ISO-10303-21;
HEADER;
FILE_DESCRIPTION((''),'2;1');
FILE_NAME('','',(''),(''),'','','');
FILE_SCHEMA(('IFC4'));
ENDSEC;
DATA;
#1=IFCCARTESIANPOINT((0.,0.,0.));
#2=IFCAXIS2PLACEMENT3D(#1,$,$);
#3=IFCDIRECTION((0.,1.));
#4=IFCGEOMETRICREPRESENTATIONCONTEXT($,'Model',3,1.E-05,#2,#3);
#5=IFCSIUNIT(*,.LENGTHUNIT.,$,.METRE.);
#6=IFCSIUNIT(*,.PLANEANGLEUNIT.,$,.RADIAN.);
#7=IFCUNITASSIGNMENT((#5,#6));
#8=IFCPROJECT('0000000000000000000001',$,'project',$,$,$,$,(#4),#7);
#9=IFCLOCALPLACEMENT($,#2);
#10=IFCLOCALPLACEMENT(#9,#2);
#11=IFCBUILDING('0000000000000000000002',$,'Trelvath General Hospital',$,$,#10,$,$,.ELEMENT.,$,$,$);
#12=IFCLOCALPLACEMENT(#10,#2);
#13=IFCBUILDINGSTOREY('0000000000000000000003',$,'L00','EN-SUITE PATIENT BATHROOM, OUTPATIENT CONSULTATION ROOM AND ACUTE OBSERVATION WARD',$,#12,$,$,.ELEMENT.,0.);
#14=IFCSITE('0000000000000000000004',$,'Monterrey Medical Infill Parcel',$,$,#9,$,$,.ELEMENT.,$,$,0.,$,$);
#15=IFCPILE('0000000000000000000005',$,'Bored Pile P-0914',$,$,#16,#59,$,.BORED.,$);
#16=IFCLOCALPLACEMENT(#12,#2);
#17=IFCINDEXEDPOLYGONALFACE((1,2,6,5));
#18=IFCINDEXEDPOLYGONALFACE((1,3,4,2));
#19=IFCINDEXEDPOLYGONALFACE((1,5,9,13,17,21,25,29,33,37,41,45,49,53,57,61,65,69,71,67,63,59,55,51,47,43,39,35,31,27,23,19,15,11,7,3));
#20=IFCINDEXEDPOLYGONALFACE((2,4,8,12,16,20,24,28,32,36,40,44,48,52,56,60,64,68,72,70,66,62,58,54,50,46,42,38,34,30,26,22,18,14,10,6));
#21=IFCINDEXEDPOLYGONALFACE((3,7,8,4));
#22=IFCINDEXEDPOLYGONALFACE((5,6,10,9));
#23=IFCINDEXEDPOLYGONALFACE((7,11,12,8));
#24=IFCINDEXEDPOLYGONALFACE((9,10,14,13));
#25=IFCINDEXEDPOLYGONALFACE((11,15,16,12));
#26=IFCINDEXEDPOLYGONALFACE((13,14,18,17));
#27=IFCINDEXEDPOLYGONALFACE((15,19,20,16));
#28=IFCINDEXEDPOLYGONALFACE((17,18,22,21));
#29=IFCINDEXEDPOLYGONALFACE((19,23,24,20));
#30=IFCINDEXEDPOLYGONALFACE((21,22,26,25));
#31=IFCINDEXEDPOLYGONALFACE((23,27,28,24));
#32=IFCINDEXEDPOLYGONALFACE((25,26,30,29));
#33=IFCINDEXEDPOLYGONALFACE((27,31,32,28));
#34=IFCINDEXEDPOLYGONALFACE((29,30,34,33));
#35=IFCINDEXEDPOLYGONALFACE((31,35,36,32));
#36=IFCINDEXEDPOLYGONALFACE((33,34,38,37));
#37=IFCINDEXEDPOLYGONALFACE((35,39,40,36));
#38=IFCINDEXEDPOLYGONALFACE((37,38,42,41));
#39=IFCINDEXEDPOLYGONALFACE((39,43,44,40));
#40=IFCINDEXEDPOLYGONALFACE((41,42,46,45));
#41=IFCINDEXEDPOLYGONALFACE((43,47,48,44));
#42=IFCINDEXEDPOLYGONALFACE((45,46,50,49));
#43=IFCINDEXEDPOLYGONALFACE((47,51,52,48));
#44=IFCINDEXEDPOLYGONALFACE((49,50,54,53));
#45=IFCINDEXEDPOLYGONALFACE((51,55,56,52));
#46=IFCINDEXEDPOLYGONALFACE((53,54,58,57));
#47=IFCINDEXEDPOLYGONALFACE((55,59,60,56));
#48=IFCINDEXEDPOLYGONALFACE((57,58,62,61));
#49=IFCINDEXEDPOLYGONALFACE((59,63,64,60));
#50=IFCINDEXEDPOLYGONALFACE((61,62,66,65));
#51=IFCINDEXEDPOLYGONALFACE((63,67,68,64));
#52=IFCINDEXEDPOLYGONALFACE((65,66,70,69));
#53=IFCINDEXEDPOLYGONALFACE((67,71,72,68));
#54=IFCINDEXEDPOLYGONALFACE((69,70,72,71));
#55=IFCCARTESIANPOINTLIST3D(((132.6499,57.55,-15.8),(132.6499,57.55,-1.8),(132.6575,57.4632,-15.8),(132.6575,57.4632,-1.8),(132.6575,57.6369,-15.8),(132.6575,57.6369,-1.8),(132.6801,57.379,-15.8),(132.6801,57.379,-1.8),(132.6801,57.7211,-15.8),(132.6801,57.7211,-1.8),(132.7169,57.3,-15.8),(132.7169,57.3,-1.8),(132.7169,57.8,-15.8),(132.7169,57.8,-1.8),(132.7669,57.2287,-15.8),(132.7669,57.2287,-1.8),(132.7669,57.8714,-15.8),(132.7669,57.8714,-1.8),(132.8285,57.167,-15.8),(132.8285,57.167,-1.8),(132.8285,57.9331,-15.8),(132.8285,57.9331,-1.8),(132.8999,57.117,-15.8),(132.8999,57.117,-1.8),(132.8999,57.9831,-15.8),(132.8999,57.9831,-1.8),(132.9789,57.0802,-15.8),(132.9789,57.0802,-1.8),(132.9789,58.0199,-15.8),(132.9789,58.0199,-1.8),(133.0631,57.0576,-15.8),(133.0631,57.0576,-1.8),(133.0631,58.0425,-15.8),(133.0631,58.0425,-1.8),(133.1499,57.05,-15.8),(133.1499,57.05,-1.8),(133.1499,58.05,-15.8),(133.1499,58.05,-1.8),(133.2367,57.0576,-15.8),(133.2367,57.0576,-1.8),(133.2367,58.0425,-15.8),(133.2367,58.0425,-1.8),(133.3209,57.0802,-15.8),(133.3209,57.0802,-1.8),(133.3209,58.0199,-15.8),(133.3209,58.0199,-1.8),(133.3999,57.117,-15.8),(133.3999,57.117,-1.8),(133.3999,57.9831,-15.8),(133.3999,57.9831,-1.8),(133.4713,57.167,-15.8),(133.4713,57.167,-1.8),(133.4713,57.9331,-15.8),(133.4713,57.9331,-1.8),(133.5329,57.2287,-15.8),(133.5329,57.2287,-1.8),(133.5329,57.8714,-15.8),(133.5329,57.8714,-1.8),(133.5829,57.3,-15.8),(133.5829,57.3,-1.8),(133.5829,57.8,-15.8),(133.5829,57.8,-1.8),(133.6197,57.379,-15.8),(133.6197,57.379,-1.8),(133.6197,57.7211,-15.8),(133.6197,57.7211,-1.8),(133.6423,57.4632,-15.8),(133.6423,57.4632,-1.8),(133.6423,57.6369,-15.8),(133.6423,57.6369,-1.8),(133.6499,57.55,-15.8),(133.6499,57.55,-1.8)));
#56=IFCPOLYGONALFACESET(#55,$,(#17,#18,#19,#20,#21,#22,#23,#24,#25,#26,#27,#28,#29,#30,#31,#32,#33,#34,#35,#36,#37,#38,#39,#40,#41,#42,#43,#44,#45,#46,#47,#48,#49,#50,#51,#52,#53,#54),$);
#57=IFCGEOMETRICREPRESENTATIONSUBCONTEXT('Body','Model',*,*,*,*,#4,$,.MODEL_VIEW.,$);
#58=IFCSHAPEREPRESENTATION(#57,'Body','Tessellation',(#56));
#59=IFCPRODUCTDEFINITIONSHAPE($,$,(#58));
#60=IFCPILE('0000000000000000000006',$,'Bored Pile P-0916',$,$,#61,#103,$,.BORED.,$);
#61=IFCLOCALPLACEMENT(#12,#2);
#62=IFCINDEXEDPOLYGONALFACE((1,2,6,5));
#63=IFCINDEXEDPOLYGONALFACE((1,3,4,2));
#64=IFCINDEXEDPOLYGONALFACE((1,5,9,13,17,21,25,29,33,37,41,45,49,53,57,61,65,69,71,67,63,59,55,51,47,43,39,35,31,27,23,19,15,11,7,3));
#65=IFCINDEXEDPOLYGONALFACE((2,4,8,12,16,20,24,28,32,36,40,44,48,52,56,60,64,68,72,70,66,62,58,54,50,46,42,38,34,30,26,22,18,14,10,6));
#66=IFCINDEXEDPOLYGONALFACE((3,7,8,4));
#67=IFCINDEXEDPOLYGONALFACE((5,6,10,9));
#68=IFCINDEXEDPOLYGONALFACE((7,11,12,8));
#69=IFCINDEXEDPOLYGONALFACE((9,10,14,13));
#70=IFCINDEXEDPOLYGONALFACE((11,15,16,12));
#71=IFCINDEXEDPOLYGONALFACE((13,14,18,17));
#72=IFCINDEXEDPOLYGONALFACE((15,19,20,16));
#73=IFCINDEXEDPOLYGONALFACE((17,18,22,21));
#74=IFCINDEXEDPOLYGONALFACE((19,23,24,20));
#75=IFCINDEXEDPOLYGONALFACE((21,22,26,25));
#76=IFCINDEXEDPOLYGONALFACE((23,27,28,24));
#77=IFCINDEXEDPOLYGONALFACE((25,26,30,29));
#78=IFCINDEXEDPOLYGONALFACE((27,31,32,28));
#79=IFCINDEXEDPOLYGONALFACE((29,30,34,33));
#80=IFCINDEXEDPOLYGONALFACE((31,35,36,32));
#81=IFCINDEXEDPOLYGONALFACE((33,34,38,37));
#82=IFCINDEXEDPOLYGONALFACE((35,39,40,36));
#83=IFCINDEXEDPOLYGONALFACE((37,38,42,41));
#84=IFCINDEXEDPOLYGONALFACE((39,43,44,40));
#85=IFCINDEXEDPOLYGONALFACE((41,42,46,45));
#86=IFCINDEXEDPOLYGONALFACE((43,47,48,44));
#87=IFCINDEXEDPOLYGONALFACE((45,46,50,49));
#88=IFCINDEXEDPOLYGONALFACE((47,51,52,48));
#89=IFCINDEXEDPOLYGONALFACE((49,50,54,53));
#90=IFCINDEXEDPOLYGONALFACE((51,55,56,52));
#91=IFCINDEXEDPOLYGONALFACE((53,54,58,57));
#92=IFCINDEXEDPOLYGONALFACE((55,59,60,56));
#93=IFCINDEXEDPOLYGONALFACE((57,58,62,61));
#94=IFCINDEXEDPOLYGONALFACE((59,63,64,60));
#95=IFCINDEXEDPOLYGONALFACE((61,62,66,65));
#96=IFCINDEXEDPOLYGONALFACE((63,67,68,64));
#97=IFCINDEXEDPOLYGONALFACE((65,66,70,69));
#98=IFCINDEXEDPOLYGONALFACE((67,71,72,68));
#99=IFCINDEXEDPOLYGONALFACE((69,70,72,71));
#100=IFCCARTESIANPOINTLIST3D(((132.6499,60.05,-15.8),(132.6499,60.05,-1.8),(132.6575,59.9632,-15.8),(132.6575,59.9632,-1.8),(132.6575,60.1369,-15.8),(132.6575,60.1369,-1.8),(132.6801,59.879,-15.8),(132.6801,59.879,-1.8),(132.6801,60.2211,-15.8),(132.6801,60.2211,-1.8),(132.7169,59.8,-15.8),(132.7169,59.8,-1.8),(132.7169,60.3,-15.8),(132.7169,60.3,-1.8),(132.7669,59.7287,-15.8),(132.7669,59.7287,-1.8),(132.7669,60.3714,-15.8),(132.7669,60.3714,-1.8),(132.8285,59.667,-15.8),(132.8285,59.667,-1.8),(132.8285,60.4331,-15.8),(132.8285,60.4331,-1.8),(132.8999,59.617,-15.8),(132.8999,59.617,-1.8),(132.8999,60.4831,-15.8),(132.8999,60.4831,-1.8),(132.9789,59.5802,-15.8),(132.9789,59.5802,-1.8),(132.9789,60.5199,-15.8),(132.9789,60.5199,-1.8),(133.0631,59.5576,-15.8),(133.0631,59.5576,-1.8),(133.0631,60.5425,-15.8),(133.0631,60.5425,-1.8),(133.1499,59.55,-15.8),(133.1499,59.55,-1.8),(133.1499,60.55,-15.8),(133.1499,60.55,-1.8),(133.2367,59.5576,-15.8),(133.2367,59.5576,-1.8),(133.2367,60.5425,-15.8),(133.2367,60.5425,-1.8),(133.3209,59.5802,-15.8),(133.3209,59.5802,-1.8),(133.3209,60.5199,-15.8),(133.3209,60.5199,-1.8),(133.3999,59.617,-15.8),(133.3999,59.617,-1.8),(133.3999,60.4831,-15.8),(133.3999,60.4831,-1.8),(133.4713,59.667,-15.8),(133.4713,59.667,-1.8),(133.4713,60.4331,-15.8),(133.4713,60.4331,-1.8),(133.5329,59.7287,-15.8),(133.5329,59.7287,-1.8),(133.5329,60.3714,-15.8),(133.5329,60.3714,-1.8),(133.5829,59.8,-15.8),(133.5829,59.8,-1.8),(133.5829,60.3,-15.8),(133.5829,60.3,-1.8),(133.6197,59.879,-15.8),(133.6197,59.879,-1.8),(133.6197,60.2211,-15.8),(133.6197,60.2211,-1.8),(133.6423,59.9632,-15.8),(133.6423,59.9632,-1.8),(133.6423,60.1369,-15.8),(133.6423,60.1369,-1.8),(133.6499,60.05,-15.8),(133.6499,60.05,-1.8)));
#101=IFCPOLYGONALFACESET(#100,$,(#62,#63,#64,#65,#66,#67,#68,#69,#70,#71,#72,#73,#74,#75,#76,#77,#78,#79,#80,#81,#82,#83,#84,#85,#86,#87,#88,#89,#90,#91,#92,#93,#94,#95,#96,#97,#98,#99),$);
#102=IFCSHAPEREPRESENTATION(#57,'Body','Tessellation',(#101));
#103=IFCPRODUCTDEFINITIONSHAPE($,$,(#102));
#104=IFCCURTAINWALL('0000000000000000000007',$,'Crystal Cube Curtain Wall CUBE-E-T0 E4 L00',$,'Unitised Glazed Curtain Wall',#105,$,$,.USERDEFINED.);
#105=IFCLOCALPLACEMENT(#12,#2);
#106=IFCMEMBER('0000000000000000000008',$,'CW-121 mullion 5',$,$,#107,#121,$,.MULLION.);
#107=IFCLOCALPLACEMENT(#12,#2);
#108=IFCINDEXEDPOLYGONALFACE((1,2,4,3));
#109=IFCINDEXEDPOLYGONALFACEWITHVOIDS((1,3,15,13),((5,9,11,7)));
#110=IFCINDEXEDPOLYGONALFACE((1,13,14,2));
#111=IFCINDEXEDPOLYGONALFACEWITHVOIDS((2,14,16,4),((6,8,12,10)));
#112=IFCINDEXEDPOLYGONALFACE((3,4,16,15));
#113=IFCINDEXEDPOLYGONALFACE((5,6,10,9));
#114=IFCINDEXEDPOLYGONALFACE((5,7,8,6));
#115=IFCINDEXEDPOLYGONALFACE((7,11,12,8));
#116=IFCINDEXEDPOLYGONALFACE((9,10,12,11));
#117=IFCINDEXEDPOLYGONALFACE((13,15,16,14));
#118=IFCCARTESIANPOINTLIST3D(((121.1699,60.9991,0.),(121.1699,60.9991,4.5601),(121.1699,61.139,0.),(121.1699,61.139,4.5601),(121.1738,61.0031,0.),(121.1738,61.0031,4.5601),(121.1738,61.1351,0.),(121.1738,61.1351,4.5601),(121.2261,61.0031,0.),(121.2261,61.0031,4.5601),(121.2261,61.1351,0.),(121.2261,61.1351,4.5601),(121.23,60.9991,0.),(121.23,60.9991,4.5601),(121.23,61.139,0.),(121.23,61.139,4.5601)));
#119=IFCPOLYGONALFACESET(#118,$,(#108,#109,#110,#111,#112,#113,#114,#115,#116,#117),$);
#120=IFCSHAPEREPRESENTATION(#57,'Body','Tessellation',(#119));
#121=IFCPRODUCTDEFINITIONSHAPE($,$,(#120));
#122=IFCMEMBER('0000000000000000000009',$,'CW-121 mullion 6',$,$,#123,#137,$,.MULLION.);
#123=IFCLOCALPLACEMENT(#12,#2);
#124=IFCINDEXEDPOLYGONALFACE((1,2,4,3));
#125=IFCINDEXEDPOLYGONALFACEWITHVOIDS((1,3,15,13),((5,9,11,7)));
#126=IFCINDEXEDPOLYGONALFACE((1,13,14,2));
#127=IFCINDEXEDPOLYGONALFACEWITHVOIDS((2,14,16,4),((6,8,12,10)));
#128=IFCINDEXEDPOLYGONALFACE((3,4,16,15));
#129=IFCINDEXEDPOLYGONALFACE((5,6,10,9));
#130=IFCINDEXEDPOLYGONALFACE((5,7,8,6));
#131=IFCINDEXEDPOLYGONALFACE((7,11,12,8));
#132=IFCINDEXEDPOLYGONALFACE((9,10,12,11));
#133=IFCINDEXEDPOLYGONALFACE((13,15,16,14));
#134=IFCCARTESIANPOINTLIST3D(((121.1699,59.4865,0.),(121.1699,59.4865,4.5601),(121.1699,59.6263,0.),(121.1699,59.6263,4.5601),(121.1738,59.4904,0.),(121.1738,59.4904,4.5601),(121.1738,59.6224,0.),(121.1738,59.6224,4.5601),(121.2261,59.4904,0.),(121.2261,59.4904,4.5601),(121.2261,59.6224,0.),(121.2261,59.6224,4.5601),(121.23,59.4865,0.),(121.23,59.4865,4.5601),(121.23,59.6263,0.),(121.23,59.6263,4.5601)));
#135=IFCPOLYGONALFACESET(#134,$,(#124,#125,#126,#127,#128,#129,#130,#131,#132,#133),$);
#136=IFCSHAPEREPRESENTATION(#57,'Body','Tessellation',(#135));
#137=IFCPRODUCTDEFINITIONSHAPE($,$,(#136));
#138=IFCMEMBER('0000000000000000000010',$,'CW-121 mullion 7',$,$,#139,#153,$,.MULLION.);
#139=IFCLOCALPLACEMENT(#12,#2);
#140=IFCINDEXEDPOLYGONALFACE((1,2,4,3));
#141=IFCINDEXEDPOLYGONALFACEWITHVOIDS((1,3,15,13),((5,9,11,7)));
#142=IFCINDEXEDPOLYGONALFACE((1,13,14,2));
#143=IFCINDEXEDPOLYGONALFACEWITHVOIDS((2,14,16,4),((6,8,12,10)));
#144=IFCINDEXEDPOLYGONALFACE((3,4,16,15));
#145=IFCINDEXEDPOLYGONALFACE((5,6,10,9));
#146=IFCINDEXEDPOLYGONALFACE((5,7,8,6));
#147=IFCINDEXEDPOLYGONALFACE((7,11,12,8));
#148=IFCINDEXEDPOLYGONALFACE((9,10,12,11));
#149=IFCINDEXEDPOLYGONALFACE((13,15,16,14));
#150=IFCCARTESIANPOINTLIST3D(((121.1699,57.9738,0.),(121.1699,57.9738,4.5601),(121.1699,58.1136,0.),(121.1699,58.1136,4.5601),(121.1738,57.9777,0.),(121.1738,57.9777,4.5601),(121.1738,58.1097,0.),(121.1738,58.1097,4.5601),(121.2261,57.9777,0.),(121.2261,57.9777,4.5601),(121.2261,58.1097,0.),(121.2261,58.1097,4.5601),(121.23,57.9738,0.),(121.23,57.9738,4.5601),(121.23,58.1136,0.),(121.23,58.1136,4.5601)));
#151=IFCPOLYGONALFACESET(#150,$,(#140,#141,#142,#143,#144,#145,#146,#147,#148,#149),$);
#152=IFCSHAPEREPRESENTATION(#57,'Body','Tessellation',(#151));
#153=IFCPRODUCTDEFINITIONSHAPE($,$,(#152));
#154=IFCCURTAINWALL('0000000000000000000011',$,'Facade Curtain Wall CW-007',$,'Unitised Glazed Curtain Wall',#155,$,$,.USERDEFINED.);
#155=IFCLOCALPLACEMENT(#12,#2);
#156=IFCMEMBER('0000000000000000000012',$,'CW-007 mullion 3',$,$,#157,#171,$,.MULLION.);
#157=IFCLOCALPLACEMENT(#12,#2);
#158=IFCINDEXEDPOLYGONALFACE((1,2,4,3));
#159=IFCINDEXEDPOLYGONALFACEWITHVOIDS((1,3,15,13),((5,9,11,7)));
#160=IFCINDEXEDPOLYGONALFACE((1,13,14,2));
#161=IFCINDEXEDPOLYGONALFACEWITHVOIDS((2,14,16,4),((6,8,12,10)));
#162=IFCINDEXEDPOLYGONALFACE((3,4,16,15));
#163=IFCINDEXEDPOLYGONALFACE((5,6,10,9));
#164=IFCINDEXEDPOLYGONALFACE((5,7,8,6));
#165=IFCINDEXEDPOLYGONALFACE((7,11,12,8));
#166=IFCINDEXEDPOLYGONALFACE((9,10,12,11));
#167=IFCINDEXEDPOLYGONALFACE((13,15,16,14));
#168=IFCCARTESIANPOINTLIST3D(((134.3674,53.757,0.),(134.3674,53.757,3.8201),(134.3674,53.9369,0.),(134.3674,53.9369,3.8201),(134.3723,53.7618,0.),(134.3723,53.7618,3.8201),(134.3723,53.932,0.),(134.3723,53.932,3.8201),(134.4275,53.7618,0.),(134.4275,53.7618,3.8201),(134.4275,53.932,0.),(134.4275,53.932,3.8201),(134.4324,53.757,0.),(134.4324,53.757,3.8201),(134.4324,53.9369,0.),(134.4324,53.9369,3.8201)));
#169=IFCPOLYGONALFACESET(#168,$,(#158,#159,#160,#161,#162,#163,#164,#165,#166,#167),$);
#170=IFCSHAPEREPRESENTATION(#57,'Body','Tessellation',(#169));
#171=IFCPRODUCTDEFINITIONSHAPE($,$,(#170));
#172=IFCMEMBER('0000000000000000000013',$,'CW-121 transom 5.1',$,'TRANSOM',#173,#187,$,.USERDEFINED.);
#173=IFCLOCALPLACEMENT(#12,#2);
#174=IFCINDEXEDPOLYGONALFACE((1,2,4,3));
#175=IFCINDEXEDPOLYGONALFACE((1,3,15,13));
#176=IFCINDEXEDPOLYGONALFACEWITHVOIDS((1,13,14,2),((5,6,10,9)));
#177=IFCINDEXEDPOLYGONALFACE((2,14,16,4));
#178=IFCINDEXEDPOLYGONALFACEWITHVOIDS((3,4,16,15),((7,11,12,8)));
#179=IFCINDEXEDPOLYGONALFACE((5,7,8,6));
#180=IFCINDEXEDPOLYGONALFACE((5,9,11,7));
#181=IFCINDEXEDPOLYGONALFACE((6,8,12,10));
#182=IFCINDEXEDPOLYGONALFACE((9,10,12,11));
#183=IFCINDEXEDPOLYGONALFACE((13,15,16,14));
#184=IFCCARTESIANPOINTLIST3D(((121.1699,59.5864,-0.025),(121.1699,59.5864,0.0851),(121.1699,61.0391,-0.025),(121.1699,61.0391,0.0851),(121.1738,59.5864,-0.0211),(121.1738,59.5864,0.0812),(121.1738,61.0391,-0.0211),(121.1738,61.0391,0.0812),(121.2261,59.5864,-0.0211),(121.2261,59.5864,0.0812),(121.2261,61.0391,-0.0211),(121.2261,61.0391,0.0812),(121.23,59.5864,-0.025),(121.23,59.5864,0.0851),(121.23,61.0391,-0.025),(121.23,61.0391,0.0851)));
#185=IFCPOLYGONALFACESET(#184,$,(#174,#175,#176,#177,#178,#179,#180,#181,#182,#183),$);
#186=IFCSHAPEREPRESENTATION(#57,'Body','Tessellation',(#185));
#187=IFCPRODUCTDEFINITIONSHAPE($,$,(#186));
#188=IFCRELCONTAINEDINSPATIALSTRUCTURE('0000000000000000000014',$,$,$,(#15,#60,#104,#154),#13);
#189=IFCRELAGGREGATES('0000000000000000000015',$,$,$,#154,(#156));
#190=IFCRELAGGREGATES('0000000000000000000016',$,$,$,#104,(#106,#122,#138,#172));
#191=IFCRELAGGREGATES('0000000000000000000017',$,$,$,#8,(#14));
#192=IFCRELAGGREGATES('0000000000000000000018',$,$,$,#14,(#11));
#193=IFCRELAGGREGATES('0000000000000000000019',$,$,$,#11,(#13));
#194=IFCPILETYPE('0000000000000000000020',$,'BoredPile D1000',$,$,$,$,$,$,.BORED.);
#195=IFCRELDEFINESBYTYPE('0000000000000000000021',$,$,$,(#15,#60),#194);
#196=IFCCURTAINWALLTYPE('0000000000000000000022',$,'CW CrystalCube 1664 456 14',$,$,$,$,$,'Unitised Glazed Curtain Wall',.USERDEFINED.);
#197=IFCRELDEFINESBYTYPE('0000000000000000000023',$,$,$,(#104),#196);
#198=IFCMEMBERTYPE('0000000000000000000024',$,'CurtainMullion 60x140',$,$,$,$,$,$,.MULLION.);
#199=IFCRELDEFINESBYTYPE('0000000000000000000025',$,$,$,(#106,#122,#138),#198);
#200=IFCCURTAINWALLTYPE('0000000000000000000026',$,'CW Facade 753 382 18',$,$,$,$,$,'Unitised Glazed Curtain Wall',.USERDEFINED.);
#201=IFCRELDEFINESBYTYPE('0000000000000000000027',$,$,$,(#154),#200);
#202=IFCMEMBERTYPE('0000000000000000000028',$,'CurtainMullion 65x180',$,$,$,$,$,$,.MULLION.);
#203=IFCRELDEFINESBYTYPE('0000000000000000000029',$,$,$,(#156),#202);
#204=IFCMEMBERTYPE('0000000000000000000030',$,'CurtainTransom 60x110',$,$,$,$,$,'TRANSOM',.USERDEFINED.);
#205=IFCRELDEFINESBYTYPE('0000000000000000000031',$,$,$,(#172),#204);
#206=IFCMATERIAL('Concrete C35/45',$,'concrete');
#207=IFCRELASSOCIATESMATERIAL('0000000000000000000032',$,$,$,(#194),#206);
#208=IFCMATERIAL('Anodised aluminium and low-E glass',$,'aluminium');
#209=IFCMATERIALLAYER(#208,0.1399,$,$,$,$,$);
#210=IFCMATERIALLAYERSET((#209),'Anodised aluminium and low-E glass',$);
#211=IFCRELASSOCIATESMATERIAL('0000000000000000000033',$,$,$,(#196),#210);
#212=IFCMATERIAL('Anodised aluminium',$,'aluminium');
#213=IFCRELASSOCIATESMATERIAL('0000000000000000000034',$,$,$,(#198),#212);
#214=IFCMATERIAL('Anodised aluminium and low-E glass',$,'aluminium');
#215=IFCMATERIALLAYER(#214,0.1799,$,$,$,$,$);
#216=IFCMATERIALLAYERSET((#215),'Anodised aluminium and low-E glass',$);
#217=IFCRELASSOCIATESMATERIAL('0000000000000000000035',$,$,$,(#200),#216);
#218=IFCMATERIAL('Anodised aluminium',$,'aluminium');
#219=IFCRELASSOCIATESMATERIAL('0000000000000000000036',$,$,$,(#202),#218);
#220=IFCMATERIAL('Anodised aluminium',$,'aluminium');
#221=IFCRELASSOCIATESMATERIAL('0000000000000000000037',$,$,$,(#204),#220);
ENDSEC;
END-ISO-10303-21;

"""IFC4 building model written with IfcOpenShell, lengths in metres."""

from ifc_helpers import new_model, si_unit, direction, frame, origin, origin_2d, place, context, subcontext, project, spatial, hollow_rectangle, circle, extrude, material, layer, layer_set, material_profile, profile_set, type_object, element, aggregate, save


model = new_model("IFC4")

# Units and contexts
model_context = context("Model", 3, precision=1e-05, world=origin(), true_north=direction((0.0, 1.0)))
body_context = subcontext(model_context, "Body", "Model", "MODEL_VIEW")
ifc_project = project(units=[si_unit("LENGTHUNIT", "METRE"), si_unit("PLANEANGLEUNIT", "RADIAN")], contexts=[model_context])

# Site, building, storey
site_placement = place(None, origin())
site = spatial("IfcSite", under=ifc_project, at=site_placement, Name="Monterrey Medical Infill Parcel", CompositionType="ELEMENT", RefElevation=0.0)
building_placement = place(site_placement, origin())
building = spatial("IfcBuilding", under=site, at=building_placement, Name="Trelvath General Hospital", CompositionType="ELEMENT")
storey_placement = place(building_placement, origin())
storey = spatial("IfcBuildingStorey", under=building, at=storey_placement, Name="L00", Description="EN-SUITE PATIENT BATHROOM, OUTPATIENT CONSULTATION ROOM AND ACUTE OBSERVATION WARD", CompositionType="ELEMENT", Elevation=0.0)

# Piles
ifc_material_1 = material(Name="Concrete C35/45", Category="concrete")
ifc_material_profile_1 = material_profile(ifc_material_1, circle(Radius=0.5, at=origin_2d()), Name="PILE1000")
ifc_profile_set_1 = profile_set([ifc_material_profile_1], Name="Concrete C35/45")
pile_type = type_object("IfcPileType", Name="BoredPile D1000", PredefinedType="BORED", material=ifc_profile_set_1)
for number, where, z_axis, x_axis, name in (
    (1, (133.1499, 57.55, -1.8), (0.0, 0.0, -1.0), (1.0, 0.0, 0.0), "Bored Pile P-0914"),
    (2, (133.1499, 60.05, -1.8), (0.0, 0.0, -1.0), (1.0, 0.0, 0.0), "Bored Pile P-0916"),
):
    element("IfcPile", number, at=place(storey_placement, frame(where, z_axis=z_axis, x_axis=x_axis)), inside=storey, type_object=pile_type, Name=name, PredefinedType="BORED", context=body_context, shape_type="SweptSolid", body=[
        extrude(circle(Radius=0.5, at=origin_2d()), origin(), (0.0, 0.0, 1.0), 14.0),
    ])

# Curtain wall, members
ifc_material_2 = material(Name="Anodised aluminium and low-E glass", Category="aluminium")
ifc_layer_1 = layer(ifc_material_2, 0.1399)
ifc_layer_set_1 = layer_set([ifc_layer_1], Name="Anodised aluminium and low-E glass")
curtain_wall_type_1 = type_object("IfcCurtainWallType", Name="CW CrystalCube 1664 456 14", ElementType="Unitised Glazed Curtain Wall", PredefinedType="USERDEFINED", material=ifc_layer_set_1)
curtain_wall_1_placement = place(storey_placement, origin())
curtain_wall_1 = element("IfcCurtainWall", 3, at=curtain_wall_1_placement, inside=storey, type_object=curtain_wall_type_1, Name="Crystal Cube Curtain Wall CUBE-E-T0 E4 L00", ObjectType="Unitised Glazed Curtain Wall", PredefinedType="USERDEFINED")
ifc_material_3 = material(Name="Anodised aluminium", Category="aluminium")
ifc_material_profile_2 = material_profile(ifc_material_3, hollow_rectangle(XDim=0.0601, YDim=0.1399, WallThickness=0.0039, at=origin_2d()), Name="RHS60x140x4")
ifc_profile_set_2 = profile_set([ifc_material_profile_2], Name="Anodised aluminium")
member_type_1 = type_object("IfcMemberType", Name="CurtainMullion 60x140", PredefinedType="MULLION", material=ifc_profile_set_2)
member_1_placement = place(storey_placement, frame((121.2, 61.0691, 0.0), z_axis=(0.0, 0.0, 1.0), x_axis=(1.0, 0.0, 0.0)))
member_1 = element("IfcMember", 4, at=member_1_placement, type_object=member_type_1, Name="CW-121 mullion 5", PredefinedType="MULLION", context=body_context, shape_type="SweptSolid", body=[
    extrude(hollow_rectangle(XDim=0.0601, YDim=0.1399, WallThickness=0.0039, at=origin_2d()), origin(), (0.0, 0.0, 1.0), 4.5601),
])
member_2_placement = place(storey_placement, frame((121.2, 59.5564, 0.0), z_axis=(0.0, 0.0, 1.0), x_axis=(1.0, 0.0, 0.0)))
member_2 = element("IfcMember", 5, at=member_2_placement, type_object=member_type_1, Name="CW-121 mullion 6", PredefinedType="MULLION", context=body_context, shape_type="SweptSolid", body=[
    extrude(hollow_rectangle(XDim=0.0601, YDim=0.1399, WallThickness=0.0039, at=origin_2d()), origin(), (0.0, 0.0, 1.0), 4.5601),
])
member_3_placement = place(storey_placement, frame((121.2, 58.0437, 0.0), z_axis=(0.0, 0.0, 1.0), x_axis=(1.0, 0.0, 0.0)))
member_3 = element("IfcMember", 6, at=member_3_placement, type_object=member_type_1, Name="CW-121 mullion 7", PredefinedType="MULLION", context=body_context, shape_type="SweptSolid", body=[
    extrude(hollow_rectangle(XDim=0.0601, YDim=0.1399, WallThickness=0.0039, at=origin_2d()), origin(), (0.0, 0.0, 1.0), 4.5601),
])

# Curtain wall, member
ifc_material_4 = material(Name="Anodised aluminium and low-E glass", Category="aluminium")
ifc_layer_2 = layer(ifc_material_4, 0.1799)
ifc_layer_set_2 = layer_set([ifc_layer_2], Name="Anodised aluminium and low-E glass")
curtain_wall_type_2 = type_object("IfcCurtainWallType", Name="CW Facade 753 382 18", ElementType="Unitised Glazed Curtain Wall", PredefinedType="USERDEFINED", material=ifc_layer_set_2)
curtain_wall_2_placement = place(storey_placement, origin())
curtain_wall_2 = element("IfcCurtainWall", 7, at=curtain_wall_2_placement, inside=storey, type_object=curtain_wall_type_2, Name="Facade Curtain Wall CW-007", ObjectType="Unitised Glazed Curtain Wall", PredefinedType="USERDEFINED")
ifc_material_5 = material(Name="Anodised aluminium", Category="aluminium")
ifc_material_profile_3 = material_profile(ifc_material_5, hollow_rectangle(XDim=0.0649, YDim=0.1799, WallThickness=0.0049, at=origin_2d()), Name="RHS65x180x5")
ifc_profile_set_3 = profile_set([ifc_material_profile_3], Name="Anodised aluminium")
member_type_2 = type_object("IfcMemberType", Name="CurtainMullion 65x180", PredefinedType="MULLION", material=ifc_profile_set_3)
member_4_placement = place(storey_placement, frame((134.3999, 53.8469, 0.0), z_axis=(0.0, 0.0, 1.0), x_axis=(-1.0, 0.0, 0.0)))
member_4 = element("IfcMember", 8, at=member_4_placement, type_object=member_type_2, Name="CW-007 mullion 3", PredefinedType="MULLION", context=body_context, shape_type="SweptSolid", body=[
    extrude(hollow_rectangle(XDim=0.0649, YDim=0.1799, WallThickness=0.0049, at=origin_2d()), origin(), (0.0, 0.0, 1.0), 3.8201),
])
aggregate(curtain_wall_2, [member_4])

# Member
ifc_material_6 = material(Name="Anodised aluminium", Category="aluminium")
ifc_material_profile_4 = material_profile(ifc_material_6, hollow_rectangle(XDim=0.0601, YDim=0.1101, WallThickness=0.0039, at=origin_2d()), Name="RHS60x110x4")
ifc_profile_set_4 = profile_set([ifc_material_profile_4], Name="Anodised aluminium")
member_type_3 = type_object("IfcMemberType", Name="CurtainTransom 60x110", ElementType="TRANSOM", PredefinedType="USERDEFINED", material=ifc_profile_set_4)
member_5_placement = place(storey_placement, frame((121.2, 61.0391, 0.03), z_axis=(0.0, -1.0, 0.0), x_axis=(1.0, 0.0, 0.0)))
member_5 = element("IfcMember", 9, at=member_5_placement, type_object=member_type_3, Name="CW-121 transom 5.1", ObjectType="TRANSOM", PredefinedType="USERDEFINED", context=body_context, shape_type="SweptSolid", body=[
    extrude(hollow_rectangle(XDim=0.0601, YDim=0.1101, WallThickness=0.0039, at=origin_2d()), origin(), (0.0, 0.0, 1.0), 1.4526),
])

aggregate(curtain_wall_1, [member_1, member_2, member_3, member_5])

save(model, "model.ifc")
